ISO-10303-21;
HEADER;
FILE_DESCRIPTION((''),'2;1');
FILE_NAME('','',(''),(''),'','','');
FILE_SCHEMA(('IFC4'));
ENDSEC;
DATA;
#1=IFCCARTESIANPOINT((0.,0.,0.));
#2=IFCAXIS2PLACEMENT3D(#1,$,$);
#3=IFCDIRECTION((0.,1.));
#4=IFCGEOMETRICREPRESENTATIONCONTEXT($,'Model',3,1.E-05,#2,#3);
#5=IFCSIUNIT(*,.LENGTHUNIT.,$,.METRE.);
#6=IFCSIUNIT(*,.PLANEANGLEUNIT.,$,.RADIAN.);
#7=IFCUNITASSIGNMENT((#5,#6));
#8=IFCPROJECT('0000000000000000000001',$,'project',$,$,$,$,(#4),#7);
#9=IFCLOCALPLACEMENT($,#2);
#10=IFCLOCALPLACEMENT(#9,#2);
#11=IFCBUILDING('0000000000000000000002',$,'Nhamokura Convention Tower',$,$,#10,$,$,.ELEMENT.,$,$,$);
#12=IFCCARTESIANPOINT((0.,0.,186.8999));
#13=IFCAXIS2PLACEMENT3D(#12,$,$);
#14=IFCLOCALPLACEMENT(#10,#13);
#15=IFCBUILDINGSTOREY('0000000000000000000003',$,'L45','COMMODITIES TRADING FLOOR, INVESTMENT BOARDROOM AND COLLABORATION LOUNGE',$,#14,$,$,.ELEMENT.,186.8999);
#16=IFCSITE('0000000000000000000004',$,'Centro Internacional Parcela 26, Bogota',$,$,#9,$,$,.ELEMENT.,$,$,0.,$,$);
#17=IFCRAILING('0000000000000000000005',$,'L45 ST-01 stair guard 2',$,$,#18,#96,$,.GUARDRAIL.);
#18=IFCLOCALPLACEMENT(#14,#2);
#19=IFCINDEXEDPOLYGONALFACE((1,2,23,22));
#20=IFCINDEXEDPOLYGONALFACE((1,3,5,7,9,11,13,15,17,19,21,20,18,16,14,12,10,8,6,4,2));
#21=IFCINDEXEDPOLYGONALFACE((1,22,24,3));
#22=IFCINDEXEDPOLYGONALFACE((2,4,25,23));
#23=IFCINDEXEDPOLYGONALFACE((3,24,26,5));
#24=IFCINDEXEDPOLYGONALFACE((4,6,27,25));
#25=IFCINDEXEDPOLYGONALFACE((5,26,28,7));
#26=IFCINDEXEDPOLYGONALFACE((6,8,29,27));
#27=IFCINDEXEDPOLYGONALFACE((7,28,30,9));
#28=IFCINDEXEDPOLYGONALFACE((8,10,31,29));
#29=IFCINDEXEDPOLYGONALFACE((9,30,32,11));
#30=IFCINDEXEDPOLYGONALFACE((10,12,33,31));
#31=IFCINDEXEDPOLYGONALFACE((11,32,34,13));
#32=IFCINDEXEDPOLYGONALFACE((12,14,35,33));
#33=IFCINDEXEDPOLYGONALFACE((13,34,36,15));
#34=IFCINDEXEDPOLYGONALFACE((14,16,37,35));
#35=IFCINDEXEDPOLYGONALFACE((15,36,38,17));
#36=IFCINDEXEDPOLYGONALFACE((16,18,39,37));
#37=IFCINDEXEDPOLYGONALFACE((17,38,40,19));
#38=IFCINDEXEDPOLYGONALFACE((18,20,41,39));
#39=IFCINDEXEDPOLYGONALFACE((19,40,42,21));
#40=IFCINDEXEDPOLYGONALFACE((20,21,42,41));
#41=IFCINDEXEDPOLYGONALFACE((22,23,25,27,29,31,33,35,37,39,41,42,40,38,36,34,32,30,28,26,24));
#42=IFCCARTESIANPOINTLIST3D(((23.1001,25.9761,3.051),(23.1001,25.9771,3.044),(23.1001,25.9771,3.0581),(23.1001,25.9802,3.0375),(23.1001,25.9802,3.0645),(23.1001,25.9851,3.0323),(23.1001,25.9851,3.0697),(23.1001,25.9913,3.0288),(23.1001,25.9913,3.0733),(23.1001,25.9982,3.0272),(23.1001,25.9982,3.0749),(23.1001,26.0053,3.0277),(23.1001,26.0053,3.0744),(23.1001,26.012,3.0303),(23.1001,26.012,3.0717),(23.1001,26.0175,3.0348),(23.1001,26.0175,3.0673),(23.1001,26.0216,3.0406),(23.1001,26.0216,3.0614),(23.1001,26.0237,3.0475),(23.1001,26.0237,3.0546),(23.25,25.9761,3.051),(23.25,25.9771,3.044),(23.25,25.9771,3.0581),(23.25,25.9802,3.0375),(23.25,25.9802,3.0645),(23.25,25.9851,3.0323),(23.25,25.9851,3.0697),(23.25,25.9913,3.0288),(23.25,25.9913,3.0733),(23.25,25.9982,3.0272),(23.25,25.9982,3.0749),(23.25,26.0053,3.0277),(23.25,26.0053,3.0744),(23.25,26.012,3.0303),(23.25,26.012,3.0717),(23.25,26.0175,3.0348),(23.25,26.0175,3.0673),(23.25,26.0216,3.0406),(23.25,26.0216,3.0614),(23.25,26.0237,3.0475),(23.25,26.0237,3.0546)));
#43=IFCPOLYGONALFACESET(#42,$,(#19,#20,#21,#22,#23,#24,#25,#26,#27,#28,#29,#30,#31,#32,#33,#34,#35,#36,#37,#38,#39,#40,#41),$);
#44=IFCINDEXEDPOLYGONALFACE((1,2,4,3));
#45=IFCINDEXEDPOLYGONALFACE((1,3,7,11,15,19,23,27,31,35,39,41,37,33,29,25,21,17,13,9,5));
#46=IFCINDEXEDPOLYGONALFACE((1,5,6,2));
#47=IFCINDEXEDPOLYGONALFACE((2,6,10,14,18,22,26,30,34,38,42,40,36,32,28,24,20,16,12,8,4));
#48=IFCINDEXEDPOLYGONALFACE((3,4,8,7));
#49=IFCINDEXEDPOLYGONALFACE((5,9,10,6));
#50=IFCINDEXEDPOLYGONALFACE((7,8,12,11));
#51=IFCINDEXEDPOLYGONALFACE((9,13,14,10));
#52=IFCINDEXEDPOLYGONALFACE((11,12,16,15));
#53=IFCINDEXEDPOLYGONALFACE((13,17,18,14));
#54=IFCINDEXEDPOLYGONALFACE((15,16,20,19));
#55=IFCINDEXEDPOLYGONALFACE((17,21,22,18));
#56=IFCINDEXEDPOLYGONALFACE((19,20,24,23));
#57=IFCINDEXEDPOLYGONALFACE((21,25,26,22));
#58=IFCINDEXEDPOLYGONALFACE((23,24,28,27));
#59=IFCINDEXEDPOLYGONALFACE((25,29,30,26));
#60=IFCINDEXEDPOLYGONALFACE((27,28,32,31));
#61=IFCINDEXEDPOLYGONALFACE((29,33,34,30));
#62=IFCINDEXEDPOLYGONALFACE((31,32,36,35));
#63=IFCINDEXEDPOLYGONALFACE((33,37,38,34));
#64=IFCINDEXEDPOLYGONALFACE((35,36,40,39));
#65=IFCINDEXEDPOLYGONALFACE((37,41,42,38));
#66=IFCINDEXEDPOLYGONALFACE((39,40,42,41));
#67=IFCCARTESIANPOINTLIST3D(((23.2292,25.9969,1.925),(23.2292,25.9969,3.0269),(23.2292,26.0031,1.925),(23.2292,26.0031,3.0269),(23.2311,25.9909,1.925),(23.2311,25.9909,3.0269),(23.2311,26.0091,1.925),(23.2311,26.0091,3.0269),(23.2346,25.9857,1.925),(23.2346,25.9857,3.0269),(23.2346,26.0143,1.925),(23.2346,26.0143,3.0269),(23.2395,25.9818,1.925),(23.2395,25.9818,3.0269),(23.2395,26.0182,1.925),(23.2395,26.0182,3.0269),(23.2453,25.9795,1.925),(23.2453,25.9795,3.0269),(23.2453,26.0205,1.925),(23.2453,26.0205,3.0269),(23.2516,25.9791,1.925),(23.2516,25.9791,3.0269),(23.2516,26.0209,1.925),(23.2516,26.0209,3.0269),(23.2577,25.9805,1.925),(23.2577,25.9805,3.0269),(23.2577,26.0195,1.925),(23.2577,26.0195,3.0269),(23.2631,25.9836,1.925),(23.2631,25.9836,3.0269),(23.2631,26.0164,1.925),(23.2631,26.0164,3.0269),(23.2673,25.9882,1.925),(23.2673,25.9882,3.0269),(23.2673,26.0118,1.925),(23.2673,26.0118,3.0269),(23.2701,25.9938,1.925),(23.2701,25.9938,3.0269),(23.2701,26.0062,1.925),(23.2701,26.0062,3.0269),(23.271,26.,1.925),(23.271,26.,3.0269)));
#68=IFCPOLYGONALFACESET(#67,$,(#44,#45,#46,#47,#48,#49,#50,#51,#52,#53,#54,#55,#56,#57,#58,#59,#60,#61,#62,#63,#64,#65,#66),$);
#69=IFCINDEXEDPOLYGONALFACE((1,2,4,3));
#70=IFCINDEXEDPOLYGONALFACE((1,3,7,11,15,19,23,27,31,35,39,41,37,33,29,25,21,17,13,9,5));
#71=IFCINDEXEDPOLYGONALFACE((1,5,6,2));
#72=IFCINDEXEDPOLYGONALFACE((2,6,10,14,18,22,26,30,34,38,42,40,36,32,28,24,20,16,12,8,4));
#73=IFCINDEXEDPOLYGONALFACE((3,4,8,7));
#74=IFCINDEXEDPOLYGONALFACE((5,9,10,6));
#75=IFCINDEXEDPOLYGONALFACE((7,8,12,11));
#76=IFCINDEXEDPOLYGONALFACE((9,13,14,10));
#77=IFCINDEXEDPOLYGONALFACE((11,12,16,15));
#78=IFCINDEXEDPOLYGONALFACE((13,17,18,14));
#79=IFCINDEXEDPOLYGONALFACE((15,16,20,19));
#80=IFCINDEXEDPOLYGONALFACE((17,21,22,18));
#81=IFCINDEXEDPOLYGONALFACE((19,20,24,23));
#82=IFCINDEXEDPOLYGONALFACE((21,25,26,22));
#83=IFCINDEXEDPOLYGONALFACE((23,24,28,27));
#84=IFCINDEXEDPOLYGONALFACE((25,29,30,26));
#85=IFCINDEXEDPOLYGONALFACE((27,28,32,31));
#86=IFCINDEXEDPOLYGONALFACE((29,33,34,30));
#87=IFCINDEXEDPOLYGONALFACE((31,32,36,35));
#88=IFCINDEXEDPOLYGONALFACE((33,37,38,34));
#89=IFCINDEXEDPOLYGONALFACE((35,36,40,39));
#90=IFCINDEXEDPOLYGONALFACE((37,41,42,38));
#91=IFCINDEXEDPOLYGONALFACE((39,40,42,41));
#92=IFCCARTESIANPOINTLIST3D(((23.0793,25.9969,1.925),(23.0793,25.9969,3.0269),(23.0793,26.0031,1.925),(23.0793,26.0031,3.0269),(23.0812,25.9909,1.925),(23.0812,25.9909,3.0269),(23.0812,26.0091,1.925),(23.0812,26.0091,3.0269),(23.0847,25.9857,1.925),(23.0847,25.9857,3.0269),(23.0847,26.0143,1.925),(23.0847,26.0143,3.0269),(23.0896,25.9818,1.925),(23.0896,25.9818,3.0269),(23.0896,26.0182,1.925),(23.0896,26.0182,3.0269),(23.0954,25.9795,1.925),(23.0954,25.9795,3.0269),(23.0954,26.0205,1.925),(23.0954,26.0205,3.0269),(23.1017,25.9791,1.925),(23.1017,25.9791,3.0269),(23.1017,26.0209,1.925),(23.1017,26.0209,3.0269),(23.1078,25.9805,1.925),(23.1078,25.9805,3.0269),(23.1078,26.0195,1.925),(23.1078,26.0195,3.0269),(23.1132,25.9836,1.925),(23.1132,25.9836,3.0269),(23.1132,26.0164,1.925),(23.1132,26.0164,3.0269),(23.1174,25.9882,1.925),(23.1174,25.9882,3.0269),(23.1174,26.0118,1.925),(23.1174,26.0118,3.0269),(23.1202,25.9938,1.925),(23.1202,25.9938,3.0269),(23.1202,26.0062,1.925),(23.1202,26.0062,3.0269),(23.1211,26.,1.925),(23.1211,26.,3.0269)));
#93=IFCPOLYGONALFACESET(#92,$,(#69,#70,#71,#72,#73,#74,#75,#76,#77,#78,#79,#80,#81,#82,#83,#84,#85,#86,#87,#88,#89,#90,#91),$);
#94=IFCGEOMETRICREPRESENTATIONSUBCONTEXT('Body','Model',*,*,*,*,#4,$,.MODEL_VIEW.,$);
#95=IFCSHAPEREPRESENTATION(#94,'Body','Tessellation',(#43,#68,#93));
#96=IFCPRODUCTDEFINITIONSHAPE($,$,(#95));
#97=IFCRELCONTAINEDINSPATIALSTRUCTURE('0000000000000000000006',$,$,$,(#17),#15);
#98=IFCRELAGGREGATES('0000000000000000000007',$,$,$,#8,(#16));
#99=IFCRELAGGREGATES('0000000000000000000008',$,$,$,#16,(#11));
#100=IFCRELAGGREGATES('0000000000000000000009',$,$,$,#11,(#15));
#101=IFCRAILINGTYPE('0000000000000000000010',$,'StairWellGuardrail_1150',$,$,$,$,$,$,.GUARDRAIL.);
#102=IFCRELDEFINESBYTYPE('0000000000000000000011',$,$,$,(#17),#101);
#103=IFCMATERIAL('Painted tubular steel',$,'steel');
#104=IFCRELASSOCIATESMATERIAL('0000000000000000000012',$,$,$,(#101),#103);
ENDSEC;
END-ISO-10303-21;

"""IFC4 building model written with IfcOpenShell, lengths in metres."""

from ifc_helpers import new_model, si_unit, direction, frame, origin, origin_2d, place, context, subcontext, project, spatial, circle, extrude, material, type_object, element, save


model = new_model("IFC4")

# Units and contexts
model_context = context("Model", 3, precision=1e-05, world=origin(), true_north=direction((0.0, 1.0)))
body_context = subcontext(model_context, "Body", "Model", "MODEL_VIEW")
ifc_project = project(units=[si_unit("LENGTHUNIT", "METRE"), si_unit("PLANEANGLEUNIT", "RADIAN")], contexts=[model_context])

# Site, building, storey
site_placement = place(None, origin())
site = spatial("IfcSite", under=ifc_project, at=site_placement, Name="Centro Internacional Parcela 26, Bogota", CompositionType="ELEMENT", RefElevation=0.0)
building_placement = place(site_placement, origin())
building = spatial("IfcBuilding", under=site, at=building_placement, Name="Nhamokura Convention Tower", CompositionType="ELEMENT")
storey_placement = place(building_placement, frame((0.0, 0.0, 186.8999)))
storey = spatial("IfcBuildingStorey", under=building, at=storey_placement, Name="L45", Description="COMMODITIES TRADING FLOOR, INVESTMENT BOARDROOM AND COLLABORATION LOUNGE", CompositionType="ELEMENT", Elevation=186.8999)

# Railing
ifc_material_1 = material(Name="Painted tubular steel", Category="steel")
railing_type_1 = type_object("IfcRailingType", Name="StairWellGuardrail_1150", PredefinedType="GUARDRAIL", material=ifc_material_1)
railing_1_placement = place(storey_placement, frame((23.25, 26.0, 1.925)))
element("IfcRailing", 1, at=railing_1_placement, inside=storey, type_object=railing_type_1, Name="L45 ST-01 stair guard 2", PredefinedType="GUARDRAIL", context=body_context, shape_type="SweptSolid", body=[
    extrude(circle(Radius=0.0239, at=origin_2d()), frame((0.0, 0.0, 1.126), z_axis=(-1.0, 0.0, 0.0), x_axis=(0.0, -1.0, 0.0)), (0.0, 0.0, 1.0), 0.1499),
    extrude(circle(Radius=0.021, at=origin_2d()), origin(), (0.0, 0.0, 1.0), 1.1018),
    extrude(circle(Radius=0.021, at=origin_2d()), frame((-0.1499, 0.0, 0.0)), (0.0, 0.0, 1.0), 1.1018),
])

save(model, "model.ifc")
